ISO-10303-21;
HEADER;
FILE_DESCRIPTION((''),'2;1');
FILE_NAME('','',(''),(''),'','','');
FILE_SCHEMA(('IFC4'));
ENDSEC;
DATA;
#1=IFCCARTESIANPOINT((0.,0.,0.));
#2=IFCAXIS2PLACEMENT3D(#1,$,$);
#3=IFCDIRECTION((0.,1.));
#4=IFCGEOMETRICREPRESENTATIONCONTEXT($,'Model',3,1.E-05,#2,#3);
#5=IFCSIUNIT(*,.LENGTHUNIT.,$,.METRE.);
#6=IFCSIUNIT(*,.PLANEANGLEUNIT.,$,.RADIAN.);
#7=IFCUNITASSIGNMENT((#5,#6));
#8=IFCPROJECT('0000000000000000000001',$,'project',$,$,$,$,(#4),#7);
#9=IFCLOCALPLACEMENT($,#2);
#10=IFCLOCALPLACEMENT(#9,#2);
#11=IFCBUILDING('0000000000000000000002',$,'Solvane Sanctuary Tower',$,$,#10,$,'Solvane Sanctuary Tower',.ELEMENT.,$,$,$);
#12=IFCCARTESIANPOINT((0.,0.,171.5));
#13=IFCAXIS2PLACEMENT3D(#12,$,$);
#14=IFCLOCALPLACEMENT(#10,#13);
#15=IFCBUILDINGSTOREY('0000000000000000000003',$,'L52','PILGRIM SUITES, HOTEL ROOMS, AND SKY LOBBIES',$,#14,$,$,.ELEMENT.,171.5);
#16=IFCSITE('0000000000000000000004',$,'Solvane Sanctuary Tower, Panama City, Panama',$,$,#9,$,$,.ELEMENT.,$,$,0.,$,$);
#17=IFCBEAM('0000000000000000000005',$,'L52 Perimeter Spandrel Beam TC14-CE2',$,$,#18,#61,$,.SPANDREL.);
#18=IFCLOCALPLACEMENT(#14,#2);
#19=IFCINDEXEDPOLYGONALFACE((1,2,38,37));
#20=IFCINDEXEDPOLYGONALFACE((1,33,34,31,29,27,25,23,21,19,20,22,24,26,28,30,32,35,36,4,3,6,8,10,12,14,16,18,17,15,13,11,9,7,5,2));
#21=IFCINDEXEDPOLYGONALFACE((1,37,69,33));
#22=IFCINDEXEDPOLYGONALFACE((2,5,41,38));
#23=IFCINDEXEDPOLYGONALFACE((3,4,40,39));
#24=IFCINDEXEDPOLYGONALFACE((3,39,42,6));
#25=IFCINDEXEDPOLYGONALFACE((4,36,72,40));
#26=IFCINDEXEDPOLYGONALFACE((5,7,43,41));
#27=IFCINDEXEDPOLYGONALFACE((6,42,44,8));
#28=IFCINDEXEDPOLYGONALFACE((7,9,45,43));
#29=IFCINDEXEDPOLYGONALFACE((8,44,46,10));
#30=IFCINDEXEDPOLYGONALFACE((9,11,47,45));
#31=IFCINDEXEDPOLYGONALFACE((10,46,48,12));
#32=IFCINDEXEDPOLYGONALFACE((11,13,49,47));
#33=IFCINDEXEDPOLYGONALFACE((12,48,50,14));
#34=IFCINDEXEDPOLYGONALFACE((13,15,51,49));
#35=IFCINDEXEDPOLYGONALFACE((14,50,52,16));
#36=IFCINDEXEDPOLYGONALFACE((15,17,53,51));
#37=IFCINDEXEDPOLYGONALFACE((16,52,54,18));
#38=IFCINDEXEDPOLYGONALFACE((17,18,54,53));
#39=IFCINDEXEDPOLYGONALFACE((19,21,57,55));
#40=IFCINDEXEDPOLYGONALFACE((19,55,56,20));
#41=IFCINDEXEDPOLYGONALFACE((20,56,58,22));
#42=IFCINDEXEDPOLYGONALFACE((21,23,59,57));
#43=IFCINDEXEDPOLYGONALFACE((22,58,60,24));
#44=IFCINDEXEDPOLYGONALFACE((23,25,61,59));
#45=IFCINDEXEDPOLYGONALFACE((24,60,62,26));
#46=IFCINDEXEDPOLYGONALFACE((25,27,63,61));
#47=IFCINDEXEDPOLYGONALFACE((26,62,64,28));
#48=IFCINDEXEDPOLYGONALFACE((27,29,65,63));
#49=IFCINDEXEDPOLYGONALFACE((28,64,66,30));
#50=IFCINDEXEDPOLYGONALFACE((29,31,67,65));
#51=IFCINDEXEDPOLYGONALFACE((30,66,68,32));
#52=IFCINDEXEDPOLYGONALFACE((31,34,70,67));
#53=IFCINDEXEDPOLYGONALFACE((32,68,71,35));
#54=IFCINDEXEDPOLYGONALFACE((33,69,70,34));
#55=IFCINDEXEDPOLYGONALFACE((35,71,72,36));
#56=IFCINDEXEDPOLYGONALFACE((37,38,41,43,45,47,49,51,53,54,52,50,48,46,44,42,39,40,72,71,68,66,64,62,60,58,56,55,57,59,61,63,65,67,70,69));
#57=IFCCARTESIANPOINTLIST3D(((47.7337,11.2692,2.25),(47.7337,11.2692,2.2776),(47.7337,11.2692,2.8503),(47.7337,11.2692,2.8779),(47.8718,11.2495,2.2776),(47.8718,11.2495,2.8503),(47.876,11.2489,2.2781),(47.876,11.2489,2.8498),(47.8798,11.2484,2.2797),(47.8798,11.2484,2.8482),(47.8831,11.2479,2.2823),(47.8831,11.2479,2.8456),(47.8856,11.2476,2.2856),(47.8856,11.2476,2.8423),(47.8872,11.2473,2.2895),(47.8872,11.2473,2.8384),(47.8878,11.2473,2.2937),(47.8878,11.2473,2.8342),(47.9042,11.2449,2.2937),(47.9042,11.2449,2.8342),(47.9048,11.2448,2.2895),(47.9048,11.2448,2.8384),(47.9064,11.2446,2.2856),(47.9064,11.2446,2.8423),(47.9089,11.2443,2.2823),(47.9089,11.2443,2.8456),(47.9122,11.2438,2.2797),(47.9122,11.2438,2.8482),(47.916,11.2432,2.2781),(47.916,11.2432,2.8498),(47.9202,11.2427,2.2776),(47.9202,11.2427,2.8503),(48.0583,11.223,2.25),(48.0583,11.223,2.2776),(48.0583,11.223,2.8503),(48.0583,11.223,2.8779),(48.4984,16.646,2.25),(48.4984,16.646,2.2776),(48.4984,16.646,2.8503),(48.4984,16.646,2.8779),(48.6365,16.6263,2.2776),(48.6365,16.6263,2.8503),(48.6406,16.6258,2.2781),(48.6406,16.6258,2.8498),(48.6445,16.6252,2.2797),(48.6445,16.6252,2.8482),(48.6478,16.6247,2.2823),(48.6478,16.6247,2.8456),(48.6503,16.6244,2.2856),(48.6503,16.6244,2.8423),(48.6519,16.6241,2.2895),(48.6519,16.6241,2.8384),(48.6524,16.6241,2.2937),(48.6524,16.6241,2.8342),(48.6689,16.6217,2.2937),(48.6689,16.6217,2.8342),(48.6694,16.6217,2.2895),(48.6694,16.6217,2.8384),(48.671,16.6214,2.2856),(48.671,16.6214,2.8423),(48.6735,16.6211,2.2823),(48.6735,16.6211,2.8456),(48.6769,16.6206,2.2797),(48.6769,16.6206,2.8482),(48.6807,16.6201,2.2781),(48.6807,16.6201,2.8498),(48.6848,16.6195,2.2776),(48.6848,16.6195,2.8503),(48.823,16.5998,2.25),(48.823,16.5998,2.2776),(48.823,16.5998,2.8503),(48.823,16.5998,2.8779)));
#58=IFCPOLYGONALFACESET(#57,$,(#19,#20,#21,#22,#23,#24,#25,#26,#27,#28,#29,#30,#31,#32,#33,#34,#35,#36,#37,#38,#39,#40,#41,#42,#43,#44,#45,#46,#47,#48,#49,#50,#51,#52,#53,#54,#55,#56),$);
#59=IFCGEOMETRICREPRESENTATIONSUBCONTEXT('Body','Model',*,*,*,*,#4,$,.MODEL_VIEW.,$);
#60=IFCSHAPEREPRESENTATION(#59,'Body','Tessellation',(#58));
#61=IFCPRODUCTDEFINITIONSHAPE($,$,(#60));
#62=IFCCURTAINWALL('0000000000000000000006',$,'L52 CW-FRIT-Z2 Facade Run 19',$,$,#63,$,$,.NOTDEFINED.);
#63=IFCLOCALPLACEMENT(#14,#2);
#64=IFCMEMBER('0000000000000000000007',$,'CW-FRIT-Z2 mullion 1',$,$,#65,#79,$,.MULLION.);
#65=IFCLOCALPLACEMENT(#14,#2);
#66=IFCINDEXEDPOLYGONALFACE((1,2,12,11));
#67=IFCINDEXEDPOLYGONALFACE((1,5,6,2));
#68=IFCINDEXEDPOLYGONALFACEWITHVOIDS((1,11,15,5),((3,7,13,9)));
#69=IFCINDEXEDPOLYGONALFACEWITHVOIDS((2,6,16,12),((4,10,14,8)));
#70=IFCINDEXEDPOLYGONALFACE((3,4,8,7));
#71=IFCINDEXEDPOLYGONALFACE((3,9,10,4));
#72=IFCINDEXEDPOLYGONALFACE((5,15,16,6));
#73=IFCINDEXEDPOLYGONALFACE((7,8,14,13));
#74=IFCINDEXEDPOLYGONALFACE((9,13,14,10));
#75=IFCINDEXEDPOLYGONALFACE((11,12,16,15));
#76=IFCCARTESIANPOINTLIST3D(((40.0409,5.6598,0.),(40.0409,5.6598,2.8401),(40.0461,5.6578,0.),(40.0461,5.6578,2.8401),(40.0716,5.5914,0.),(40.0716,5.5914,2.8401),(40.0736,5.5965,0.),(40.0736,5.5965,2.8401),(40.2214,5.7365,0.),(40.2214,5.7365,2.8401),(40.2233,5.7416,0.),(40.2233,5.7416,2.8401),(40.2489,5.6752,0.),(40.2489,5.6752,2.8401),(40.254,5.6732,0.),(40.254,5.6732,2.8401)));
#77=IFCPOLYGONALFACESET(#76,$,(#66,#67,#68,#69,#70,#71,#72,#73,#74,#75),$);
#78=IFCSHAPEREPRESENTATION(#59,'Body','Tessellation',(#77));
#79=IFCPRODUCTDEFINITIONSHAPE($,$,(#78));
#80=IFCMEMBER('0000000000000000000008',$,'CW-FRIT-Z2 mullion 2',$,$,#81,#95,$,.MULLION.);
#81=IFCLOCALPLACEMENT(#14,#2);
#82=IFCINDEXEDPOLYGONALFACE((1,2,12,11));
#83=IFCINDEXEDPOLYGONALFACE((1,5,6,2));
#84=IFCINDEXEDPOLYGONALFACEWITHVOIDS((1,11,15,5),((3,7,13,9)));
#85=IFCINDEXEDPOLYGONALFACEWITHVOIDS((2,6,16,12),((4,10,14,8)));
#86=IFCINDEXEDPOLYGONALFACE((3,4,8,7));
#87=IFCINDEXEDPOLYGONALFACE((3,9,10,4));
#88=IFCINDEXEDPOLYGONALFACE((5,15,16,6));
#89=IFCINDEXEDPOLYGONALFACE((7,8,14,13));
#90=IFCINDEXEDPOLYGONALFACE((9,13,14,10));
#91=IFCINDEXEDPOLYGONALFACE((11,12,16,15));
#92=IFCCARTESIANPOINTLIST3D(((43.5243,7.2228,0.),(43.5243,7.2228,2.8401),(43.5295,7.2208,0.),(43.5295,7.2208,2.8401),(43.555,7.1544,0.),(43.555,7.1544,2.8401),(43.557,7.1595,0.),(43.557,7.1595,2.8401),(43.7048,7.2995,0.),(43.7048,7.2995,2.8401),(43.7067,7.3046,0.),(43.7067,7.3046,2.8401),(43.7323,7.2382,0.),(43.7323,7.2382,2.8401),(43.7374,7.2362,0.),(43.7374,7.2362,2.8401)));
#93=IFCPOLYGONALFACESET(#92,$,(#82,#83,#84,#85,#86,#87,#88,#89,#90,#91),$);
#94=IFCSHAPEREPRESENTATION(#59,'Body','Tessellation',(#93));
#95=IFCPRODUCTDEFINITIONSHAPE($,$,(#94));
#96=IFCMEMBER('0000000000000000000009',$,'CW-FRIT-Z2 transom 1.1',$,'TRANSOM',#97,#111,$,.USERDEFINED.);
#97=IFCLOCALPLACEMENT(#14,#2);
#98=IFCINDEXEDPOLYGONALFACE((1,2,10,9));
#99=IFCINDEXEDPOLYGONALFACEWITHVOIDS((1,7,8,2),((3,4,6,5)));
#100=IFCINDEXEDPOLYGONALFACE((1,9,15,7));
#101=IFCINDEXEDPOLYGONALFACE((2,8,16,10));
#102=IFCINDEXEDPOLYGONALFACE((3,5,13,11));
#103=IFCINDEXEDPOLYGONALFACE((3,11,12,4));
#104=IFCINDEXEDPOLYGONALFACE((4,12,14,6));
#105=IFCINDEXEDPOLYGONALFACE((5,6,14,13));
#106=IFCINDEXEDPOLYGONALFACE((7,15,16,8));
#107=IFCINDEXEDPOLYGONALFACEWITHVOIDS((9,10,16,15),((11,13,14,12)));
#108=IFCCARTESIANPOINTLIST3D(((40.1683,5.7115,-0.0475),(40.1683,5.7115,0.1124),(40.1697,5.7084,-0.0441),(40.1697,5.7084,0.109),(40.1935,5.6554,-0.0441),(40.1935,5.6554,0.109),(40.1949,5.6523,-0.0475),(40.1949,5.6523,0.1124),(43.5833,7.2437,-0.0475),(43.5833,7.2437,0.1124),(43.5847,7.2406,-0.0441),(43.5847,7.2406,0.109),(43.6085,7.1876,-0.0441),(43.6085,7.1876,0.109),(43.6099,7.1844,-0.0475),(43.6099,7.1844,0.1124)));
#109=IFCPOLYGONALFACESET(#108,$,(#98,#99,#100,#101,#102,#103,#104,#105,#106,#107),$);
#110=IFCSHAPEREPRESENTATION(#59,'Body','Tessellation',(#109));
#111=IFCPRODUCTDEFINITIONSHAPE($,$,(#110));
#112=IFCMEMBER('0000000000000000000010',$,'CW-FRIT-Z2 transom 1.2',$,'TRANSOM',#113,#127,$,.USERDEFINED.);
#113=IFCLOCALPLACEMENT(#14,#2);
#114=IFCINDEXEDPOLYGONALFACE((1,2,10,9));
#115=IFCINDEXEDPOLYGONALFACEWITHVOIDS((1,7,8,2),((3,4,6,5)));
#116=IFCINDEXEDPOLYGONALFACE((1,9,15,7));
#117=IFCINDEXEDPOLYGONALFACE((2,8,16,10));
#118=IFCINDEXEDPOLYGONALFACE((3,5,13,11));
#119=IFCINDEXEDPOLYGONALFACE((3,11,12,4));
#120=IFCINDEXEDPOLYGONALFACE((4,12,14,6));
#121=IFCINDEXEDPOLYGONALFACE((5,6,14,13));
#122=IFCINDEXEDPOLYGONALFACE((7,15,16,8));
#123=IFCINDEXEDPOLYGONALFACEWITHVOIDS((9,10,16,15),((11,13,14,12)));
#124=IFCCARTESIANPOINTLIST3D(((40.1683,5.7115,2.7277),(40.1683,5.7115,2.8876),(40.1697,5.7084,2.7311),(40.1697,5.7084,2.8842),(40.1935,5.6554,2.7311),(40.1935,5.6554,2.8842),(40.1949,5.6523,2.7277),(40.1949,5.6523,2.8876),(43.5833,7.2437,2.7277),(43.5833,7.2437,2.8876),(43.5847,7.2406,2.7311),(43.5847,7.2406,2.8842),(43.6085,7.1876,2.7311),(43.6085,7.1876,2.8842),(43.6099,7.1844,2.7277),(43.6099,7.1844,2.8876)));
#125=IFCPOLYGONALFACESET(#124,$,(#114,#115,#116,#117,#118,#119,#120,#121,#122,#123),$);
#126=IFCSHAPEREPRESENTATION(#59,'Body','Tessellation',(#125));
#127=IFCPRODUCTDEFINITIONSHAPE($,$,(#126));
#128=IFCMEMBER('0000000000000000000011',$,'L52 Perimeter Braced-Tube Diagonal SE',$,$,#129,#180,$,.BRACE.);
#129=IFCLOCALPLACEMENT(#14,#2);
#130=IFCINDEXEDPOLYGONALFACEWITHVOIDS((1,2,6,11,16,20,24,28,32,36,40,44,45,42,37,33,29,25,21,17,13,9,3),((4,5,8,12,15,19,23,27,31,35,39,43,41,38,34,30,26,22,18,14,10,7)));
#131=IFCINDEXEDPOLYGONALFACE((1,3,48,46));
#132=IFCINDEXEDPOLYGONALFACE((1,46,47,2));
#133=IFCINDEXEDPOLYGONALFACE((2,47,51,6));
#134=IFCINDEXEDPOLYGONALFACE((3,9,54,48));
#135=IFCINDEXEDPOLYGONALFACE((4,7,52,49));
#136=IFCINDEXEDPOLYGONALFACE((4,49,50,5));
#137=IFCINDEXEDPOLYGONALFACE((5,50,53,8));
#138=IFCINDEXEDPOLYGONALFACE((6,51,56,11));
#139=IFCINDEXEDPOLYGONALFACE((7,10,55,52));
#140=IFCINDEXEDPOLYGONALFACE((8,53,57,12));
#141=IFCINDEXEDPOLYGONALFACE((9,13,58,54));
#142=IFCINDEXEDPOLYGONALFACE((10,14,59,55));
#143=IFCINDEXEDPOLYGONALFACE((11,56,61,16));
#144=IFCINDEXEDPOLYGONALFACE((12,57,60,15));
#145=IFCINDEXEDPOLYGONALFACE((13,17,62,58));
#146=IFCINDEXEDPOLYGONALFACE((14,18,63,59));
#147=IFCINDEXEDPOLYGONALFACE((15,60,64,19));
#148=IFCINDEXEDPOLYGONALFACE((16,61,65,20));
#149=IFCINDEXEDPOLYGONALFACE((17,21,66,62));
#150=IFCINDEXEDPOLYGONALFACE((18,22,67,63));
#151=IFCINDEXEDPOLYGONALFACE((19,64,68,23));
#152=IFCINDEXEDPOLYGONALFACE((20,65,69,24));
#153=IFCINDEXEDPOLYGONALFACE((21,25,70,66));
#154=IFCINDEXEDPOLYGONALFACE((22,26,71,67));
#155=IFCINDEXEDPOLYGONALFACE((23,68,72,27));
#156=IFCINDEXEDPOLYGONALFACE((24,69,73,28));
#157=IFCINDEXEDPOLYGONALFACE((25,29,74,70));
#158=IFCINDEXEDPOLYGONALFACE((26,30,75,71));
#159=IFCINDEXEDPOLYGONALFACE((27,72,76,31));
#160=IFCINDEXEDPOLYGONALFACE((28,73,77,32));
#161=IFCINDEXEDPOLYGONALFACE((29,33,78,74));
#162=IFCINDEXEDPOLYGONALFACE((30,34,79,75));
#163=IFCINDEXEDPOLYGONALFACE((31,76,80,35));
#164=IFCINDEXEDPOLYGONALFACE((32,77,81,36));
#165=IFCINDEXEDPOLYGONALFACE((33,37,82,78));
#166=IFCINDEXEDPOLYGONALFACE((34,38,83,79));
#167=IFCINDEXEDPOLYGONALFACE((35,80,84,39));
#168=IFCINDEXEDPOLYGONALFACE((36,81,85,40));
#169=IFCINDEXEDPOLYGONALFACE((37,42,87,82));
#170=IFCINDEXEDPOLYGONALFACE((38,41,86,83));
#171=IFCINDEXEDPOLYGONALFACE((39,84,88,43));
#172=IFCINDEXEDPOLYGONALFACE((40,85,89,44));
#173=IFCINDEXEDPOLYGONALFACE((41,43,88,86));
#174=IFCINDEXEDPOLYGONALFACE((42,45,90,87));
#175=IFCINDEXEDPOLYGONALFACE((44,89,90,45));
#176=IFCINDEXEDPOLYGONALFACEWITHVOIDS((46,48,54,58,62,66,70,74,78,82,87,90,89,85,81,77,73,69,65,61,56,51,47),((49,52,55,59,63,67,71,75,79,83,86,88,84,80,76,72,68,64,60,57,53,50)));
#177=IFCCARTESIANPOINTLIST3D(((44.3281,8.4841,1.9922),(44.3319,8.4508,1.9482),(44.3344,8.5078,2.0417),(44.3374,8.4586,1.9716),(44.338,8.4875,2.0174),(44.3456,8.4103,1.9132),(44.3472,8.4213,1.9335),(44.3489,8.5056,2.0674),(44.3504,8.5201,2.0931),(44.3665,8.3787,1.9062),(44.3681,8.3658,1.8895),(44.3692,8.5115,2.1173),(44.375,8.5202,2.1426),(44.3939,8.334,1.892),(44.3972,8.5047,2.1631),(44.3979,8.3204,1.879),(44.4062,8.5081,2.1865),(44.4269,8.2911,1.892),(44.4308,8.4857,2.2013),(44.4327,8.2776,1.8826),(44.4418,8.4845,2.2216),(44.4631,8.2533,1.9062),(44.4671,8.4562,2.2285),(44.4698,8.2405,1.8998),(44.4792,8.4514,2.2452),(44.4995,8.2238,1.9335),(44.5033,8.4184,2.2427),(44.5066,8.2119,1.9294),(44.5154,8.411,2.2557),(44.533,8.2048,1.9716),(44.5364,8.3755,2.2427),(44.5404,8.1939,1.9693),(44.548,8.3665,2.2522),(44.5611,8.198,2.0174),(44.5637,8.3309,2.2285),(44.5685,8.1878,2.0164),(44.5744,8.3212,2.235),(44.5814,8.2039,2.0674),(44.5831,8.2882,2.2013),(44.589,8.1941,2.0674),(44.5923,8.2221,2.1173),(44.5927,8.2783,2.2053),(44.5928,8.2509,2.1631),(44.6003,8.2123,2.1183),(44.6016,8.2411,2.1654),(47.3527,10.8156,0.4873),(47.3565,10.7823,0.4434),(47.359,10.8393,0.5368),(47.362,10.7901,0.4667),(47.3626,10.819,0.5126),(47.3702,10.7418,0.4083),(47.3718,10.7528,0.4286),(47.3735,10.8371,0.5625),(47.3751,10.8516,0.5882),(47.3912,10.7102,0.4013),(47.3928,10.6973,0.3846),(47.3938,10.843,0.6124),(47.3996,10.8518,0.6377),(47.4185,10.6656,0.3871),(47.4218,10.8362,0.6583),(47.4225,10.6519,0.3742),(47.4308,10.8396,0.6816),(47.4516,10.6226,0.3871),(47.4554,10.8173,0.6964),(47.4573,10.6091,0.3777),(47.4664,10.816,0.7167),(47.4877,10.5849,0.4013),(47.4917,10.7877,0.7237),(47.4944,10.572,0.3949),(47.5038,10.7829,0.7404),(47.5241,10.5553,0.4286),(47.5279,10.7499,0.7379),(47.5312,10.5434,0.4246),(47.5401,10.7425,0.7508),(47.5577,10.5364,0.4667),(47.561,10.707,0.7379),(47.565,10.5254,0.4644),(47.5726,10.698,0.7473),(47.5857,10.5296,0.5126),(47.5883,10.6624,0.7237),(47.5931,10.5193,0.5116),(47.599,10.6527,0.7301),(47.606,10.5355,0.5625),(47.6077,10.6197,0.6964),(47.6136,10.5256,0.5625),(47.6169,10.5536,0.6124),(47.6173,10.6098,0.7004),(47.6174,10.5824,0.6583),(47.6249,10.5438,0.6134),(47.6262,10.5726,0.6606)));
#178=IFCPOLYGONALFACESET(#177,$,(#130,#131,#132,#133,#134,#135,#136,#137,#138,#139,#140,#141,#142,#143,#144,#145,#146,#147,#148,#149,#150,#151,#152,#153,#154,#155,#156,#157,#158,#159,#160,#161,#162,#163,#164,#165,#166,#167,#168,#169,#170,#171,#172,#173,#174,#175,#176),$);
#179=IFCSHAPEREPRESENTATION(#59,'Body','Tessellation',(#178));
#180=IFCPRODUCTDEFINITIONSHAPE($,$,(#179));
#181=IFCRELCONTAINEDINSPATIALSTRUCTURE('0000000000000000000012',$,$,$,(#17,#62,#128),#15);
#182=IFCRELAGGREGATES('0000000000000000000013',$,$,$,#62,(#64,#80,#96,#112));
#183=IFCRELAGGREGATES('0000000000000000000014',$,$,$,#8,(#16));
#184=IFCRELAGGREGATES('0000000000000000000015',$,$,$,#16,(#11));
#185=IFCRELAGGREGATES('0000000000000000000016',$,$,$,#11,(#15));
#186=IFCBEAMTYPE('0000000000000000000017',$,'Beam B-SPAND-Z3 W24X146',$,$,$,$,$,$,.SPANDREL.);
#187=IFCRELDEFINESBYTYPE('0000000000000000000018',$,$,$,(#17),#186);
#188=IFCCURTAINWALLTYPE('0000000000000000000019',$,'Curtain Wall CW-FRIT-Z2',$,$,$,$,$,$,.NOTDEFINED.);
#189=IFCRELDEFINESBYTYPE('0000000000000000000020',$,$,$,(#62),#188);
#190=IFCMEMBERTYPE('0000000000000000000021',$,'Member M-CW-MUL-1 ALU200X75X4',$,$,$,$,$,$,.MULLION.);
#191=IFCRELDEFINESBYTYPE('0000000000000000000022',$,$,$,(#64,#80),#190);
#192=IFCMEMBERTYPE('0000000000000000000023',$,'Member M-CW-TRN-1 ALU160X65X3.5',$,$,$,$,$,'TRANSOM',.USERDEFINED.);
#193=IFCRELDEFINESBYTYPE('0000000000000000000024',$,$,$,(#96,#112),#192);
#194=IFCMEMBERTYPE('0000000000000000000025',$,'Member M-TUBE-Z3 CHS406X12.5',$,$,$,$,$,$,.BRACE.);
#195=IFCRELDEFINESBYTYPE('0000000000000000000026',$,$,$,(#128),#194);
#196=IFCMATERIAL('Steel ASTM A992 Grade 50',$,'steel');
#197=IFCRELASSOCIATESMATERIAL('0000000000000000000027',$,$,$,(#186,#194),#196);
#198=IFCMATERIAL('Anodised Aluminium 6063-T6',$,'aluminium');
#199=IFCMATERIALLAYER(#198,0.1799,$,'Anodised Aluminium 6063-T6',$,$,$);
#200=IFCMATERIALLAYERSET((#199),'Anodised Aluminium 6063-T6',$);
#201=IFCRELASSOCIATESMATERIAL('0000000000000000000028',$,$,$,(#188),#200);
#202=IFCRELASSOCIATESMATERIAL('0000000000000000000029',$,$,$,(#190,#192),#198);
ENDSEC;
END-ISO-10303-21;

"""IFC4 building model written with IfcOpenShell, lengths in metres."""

from ifc_helpers import new_model, si_unit, direction, frame, origin, origin_2d, place, context, subcontext, project, spatial, hollow_rectangle, hollow_circle, i_section, extrude, material, layer, layer_set, material_profile, profile_set, type_object, element, aggregate, save


model = new_model("IFC4")

# Units and contexts
model_context = context("Model", 3, precision=1e-05, world=origin(), true_north=direction((0.0, 1.0)))
body_context = subcontext(model_context, "Body", "Model", "MODEL_VIEW")
ifc_project = project(units=[si_unit("LENGTHUNIT", "METRE"), si_unit("PLANEANGLEUNIT", "RADIAN")], contexts=[model_context])

# Site, building, storey
site_placement = place(None, origin())
site = spatial("IfcSite", under=ifc_project, at=site_placement, Name="Solvane Sanctuary Tower, Panama City, Panama", CompositionType="ELEMENT", RefElevation=0.0)
building_placement = place(site_placement, origin())
building = spatial("IfcBuilding", under=site, at=building_placement, Name="Solvane Sanctuary Tower", LongName="Solvane Sanctuary Tower", CompositionType="ELEMENT")
storey_placement = place(building_placement, frame((0.0, 0.0, 171.5)))
storey = spatial("IfcBuildingStorey", under=building, at=storey_placement, Name="L52", Description="PILGRIM SUITES, HOTEL ROOMS, AND SKY LOBBIES", CompositionType="ELEMENT", Elevation=171.5)

# Beam
ifc_material_1 = material(Name="Steel ASTM A992 Grade 50", Category="steel")
ifc_material_profile_1 = material_profile(ifc_material_1, i_section(OverallWidth=0.3279, OverallDepth=0.6279, WebThickness=0.0166, FlangeThickness=0.0276, FilletRadius=0.0161, at=origin_2d()), Name="W24X146")
ifc_profile_set_1 = profile_set([ifc_material_profile_1], Name="Steel ASTM A992 Grade 50")
beam_type_1 = type_object("IfcBeamType", Name="Beam B-SPAND-Z3 W24X146", PredefinedType="SPANDREL", material=ifc_profile_set_1)
beam_1_placement = place(storey_placement, frame((47.896, 11.2461, 2.564), z_axis=(0.140798, 0.990038, 0.0), x_axis=(-0.990038, 0.140798, 0.0)))
element("IfcBeam", 1, at=beam_1_placement, inside=storey, type_object=beam_type_1, Name="L52 Perimeter Spandrel Beam TC14-CE2", PredefinedType="SPANDREL", context=body_context, shape_type="SweptSolid", body=[
    extrude(i_section(OverallWidth=0.3279, OverallDepth=0.6279, WebThickness=0.0166, FlangeThickness=0.0276, FilletRadius=0.0161, at=origin_2d()), origin(), (0.0, 0.0, 1.0), 5.4309),
])

# Curtain wall, members
ifc_material_2 = material(Name="Anodised Aluminium 6063-T6", Category="aluminium")
ifc_layer_1 = layer(ifc_material_2, 0.1799, Name="Anodised Aluminium 6063-T6")
ifc_layer_set_1 = layer_set([ifc_layer_1], Name="Anodised Aluminium 6063-T6")
curtain_wall_type = type_object("IfcCurtainWallType", Name="Curtain Wall CW-FRIT-Z2", PredefinedType="NOTDEFINED", material=ifc_layer_set_1)
curtain_wall_placement = place(storey_placement, origin())
curtain_wall = element("IfcCurtainWall", 2, at=curtain_wall_placement, inside=storey, type_object=curtain_wall_type, Name="L52 CW-FRIT-Z2 Facade Run 19", PredefinedType="NOTDEFINED")
ifc_material_profile_2 = material_profile(ifc_material_2, hollow_rectangle(XDim=0.075, YDim=0.2, WallThickness=0.0039, at=origin_2d()), Name="ALU200X75X4")
ifc_profile_set_2 = profile_set([ifc_material_profile_2], Name="Anodised Aluminium 6063-T6")
member_type_1 = type_object("IfcMemberType", Name="Member M-CW-MUL-1 ALU200X75X4", PredefinedType="MULLION", material=ifc_profile_set_2)
member_1_placement = place(storey_placement, frame((40.1475, 5.6665, 0.0), z_axis=(0.0, 0.0, 1.0), x_axis=(-0.409411, 0.91235, 0.0)))
member_1 = element("IfcMember", 3, at=member_1_placement, type_object=member_type_1, Name="CW-FRIT-Z2 mullion 1", PredefinedType="MULLION", context=body_context, shape_type="SweptSolid", body=[
    extrude(hollow_rectangle(XDim=0.075, YDim=0.2, WallThickness=0.0039, at=origin_2d()), origin(), (0.0, 0.0, 1.0), 2.8401),
])
member_2_placement = place(storey_placement, frame((43.6309, 7.2295, 0.0), z_axis=(0.0, 0.0, 1.0), x_axis=(-0.409411, 0.91235, 0.0)))
member_2 = element("IfcMember", 4, at=member_2_placement, type_object=member_type_1, Name="CW-FRIT-Z2 mullion 2", PredefinedType="MULLION", context=body_context, shape_type="SweptSolid", body=[
    extrude(hollow_rectangle(XDim=0.075, YDim=0.2, WallThickness=0.0039, at=origin_2d()), origin(), (0.0, 0.0, 1.0), 2.8401),
])
ifc_material_profile_3 = material_profile(ifc_material_2, hollow_rectangle(XDim=0.0649, YDim=0.1599, WallThickness=0.0034, at=origin_2d()), Name="ALU160X65X3.5")
ifc_profile_set_3 = profile_set([ifc_material_profile_3], Name="Anodised Aluminium 6063-T6")
member_type_2 = type_object("IfcMemberType", Name="Member M-CW-TRN-1 ALU160X65X3.5", ElementType="TRANSOM", PredefinedType="USERDEFINED", material=ifc_profile_set_3)
member_3_placement = place(storey_placement, frame((40.1816, 5.6819, 0.0325), z_axis=(0.912375, 0.409356, 0.0), x_axis=(-0.409356, 0.912375, 0.0)))
member_3 = element("IfcMember", 5, at=member_3_placement, type_object=member_type_2, Name="CW-FRIT-Z2 transom 1.1", ObjectType="TRANSOM", PredefinedType="USERDEFINED", context=body_context, shape_type="SweptSolid", body=[
    extrude(hollow_rectangle(XDim=0.0649, YDim=0.1599, WallThickness=0.0034, at=origin_2d()), origin(), (0.0, 0.0, 1.0), 3.7429),
])
member_4_placement = place(storey_placement, frame((40.1816, 5.6819, 2.8076), z_axis=(0.912375, 0.409356, 0.0), x_axis=(-0.409356, 0.912375, 0.0)))
member_4 = element("IfcMember", 6, at=member_4_placement, type_object=member_type_2, Name="CW-FRIT-Z2 transom 1.2", ObjectType="TRANSOM", PredefinedType="USERDEFINED", context=body_context, shape_type="SweptSolid", body=[
    extrude(hollow_rectangle(XDim=0.0649, YDim=0.1599, WallThickness=0.0034, at=origin_2d()), origin(), (0.0, 0.0, 1.0), 3.7429),
])

# Member
ifc_material_profile_4 = material_profile(ifc_material_1, hollow_circle(Radius=0.2029, WallThickness=0.0125, at=origin_2d()), Name="CHS406X12.5")
ifc_profile_set_4 = profile_set([ifc_material_profile_4], Name="Steel ASTM A992 Grade 50")
member_type_3 = type_object("IfcMemberType", Name="Member M-TUBE-Z3 CHS406X12.5", PredefinedType="BRACE", material=ifc_profile_set_4)
member_5_placement = place(storey_placement, frame((47.4897, 10.6863, 0.5625), z_axis=(-0.73686, -0.568005, 0.366616), x_axis=(0.610514, -0.792006, 0.0)))
element("IfcMember", 7, at=member_5_placement, inside=storey, type_object=member_type_3, Name="L52 Perimeter Braced-Tube Diagonal SE", PredefinedType="BRACE", context=body_context, shape_type="SweptSolid", body=[
    extrude(hollow_circle(Radius=0.2029, WallThickness=0.0125, at=origin_2d()), origin(), (0.0, 0.0, 1.0), 4.1047),
])

aggregate(curtain_wall, [member_1, member_2, member_3, member_4])

save(model, "model.ifc")
